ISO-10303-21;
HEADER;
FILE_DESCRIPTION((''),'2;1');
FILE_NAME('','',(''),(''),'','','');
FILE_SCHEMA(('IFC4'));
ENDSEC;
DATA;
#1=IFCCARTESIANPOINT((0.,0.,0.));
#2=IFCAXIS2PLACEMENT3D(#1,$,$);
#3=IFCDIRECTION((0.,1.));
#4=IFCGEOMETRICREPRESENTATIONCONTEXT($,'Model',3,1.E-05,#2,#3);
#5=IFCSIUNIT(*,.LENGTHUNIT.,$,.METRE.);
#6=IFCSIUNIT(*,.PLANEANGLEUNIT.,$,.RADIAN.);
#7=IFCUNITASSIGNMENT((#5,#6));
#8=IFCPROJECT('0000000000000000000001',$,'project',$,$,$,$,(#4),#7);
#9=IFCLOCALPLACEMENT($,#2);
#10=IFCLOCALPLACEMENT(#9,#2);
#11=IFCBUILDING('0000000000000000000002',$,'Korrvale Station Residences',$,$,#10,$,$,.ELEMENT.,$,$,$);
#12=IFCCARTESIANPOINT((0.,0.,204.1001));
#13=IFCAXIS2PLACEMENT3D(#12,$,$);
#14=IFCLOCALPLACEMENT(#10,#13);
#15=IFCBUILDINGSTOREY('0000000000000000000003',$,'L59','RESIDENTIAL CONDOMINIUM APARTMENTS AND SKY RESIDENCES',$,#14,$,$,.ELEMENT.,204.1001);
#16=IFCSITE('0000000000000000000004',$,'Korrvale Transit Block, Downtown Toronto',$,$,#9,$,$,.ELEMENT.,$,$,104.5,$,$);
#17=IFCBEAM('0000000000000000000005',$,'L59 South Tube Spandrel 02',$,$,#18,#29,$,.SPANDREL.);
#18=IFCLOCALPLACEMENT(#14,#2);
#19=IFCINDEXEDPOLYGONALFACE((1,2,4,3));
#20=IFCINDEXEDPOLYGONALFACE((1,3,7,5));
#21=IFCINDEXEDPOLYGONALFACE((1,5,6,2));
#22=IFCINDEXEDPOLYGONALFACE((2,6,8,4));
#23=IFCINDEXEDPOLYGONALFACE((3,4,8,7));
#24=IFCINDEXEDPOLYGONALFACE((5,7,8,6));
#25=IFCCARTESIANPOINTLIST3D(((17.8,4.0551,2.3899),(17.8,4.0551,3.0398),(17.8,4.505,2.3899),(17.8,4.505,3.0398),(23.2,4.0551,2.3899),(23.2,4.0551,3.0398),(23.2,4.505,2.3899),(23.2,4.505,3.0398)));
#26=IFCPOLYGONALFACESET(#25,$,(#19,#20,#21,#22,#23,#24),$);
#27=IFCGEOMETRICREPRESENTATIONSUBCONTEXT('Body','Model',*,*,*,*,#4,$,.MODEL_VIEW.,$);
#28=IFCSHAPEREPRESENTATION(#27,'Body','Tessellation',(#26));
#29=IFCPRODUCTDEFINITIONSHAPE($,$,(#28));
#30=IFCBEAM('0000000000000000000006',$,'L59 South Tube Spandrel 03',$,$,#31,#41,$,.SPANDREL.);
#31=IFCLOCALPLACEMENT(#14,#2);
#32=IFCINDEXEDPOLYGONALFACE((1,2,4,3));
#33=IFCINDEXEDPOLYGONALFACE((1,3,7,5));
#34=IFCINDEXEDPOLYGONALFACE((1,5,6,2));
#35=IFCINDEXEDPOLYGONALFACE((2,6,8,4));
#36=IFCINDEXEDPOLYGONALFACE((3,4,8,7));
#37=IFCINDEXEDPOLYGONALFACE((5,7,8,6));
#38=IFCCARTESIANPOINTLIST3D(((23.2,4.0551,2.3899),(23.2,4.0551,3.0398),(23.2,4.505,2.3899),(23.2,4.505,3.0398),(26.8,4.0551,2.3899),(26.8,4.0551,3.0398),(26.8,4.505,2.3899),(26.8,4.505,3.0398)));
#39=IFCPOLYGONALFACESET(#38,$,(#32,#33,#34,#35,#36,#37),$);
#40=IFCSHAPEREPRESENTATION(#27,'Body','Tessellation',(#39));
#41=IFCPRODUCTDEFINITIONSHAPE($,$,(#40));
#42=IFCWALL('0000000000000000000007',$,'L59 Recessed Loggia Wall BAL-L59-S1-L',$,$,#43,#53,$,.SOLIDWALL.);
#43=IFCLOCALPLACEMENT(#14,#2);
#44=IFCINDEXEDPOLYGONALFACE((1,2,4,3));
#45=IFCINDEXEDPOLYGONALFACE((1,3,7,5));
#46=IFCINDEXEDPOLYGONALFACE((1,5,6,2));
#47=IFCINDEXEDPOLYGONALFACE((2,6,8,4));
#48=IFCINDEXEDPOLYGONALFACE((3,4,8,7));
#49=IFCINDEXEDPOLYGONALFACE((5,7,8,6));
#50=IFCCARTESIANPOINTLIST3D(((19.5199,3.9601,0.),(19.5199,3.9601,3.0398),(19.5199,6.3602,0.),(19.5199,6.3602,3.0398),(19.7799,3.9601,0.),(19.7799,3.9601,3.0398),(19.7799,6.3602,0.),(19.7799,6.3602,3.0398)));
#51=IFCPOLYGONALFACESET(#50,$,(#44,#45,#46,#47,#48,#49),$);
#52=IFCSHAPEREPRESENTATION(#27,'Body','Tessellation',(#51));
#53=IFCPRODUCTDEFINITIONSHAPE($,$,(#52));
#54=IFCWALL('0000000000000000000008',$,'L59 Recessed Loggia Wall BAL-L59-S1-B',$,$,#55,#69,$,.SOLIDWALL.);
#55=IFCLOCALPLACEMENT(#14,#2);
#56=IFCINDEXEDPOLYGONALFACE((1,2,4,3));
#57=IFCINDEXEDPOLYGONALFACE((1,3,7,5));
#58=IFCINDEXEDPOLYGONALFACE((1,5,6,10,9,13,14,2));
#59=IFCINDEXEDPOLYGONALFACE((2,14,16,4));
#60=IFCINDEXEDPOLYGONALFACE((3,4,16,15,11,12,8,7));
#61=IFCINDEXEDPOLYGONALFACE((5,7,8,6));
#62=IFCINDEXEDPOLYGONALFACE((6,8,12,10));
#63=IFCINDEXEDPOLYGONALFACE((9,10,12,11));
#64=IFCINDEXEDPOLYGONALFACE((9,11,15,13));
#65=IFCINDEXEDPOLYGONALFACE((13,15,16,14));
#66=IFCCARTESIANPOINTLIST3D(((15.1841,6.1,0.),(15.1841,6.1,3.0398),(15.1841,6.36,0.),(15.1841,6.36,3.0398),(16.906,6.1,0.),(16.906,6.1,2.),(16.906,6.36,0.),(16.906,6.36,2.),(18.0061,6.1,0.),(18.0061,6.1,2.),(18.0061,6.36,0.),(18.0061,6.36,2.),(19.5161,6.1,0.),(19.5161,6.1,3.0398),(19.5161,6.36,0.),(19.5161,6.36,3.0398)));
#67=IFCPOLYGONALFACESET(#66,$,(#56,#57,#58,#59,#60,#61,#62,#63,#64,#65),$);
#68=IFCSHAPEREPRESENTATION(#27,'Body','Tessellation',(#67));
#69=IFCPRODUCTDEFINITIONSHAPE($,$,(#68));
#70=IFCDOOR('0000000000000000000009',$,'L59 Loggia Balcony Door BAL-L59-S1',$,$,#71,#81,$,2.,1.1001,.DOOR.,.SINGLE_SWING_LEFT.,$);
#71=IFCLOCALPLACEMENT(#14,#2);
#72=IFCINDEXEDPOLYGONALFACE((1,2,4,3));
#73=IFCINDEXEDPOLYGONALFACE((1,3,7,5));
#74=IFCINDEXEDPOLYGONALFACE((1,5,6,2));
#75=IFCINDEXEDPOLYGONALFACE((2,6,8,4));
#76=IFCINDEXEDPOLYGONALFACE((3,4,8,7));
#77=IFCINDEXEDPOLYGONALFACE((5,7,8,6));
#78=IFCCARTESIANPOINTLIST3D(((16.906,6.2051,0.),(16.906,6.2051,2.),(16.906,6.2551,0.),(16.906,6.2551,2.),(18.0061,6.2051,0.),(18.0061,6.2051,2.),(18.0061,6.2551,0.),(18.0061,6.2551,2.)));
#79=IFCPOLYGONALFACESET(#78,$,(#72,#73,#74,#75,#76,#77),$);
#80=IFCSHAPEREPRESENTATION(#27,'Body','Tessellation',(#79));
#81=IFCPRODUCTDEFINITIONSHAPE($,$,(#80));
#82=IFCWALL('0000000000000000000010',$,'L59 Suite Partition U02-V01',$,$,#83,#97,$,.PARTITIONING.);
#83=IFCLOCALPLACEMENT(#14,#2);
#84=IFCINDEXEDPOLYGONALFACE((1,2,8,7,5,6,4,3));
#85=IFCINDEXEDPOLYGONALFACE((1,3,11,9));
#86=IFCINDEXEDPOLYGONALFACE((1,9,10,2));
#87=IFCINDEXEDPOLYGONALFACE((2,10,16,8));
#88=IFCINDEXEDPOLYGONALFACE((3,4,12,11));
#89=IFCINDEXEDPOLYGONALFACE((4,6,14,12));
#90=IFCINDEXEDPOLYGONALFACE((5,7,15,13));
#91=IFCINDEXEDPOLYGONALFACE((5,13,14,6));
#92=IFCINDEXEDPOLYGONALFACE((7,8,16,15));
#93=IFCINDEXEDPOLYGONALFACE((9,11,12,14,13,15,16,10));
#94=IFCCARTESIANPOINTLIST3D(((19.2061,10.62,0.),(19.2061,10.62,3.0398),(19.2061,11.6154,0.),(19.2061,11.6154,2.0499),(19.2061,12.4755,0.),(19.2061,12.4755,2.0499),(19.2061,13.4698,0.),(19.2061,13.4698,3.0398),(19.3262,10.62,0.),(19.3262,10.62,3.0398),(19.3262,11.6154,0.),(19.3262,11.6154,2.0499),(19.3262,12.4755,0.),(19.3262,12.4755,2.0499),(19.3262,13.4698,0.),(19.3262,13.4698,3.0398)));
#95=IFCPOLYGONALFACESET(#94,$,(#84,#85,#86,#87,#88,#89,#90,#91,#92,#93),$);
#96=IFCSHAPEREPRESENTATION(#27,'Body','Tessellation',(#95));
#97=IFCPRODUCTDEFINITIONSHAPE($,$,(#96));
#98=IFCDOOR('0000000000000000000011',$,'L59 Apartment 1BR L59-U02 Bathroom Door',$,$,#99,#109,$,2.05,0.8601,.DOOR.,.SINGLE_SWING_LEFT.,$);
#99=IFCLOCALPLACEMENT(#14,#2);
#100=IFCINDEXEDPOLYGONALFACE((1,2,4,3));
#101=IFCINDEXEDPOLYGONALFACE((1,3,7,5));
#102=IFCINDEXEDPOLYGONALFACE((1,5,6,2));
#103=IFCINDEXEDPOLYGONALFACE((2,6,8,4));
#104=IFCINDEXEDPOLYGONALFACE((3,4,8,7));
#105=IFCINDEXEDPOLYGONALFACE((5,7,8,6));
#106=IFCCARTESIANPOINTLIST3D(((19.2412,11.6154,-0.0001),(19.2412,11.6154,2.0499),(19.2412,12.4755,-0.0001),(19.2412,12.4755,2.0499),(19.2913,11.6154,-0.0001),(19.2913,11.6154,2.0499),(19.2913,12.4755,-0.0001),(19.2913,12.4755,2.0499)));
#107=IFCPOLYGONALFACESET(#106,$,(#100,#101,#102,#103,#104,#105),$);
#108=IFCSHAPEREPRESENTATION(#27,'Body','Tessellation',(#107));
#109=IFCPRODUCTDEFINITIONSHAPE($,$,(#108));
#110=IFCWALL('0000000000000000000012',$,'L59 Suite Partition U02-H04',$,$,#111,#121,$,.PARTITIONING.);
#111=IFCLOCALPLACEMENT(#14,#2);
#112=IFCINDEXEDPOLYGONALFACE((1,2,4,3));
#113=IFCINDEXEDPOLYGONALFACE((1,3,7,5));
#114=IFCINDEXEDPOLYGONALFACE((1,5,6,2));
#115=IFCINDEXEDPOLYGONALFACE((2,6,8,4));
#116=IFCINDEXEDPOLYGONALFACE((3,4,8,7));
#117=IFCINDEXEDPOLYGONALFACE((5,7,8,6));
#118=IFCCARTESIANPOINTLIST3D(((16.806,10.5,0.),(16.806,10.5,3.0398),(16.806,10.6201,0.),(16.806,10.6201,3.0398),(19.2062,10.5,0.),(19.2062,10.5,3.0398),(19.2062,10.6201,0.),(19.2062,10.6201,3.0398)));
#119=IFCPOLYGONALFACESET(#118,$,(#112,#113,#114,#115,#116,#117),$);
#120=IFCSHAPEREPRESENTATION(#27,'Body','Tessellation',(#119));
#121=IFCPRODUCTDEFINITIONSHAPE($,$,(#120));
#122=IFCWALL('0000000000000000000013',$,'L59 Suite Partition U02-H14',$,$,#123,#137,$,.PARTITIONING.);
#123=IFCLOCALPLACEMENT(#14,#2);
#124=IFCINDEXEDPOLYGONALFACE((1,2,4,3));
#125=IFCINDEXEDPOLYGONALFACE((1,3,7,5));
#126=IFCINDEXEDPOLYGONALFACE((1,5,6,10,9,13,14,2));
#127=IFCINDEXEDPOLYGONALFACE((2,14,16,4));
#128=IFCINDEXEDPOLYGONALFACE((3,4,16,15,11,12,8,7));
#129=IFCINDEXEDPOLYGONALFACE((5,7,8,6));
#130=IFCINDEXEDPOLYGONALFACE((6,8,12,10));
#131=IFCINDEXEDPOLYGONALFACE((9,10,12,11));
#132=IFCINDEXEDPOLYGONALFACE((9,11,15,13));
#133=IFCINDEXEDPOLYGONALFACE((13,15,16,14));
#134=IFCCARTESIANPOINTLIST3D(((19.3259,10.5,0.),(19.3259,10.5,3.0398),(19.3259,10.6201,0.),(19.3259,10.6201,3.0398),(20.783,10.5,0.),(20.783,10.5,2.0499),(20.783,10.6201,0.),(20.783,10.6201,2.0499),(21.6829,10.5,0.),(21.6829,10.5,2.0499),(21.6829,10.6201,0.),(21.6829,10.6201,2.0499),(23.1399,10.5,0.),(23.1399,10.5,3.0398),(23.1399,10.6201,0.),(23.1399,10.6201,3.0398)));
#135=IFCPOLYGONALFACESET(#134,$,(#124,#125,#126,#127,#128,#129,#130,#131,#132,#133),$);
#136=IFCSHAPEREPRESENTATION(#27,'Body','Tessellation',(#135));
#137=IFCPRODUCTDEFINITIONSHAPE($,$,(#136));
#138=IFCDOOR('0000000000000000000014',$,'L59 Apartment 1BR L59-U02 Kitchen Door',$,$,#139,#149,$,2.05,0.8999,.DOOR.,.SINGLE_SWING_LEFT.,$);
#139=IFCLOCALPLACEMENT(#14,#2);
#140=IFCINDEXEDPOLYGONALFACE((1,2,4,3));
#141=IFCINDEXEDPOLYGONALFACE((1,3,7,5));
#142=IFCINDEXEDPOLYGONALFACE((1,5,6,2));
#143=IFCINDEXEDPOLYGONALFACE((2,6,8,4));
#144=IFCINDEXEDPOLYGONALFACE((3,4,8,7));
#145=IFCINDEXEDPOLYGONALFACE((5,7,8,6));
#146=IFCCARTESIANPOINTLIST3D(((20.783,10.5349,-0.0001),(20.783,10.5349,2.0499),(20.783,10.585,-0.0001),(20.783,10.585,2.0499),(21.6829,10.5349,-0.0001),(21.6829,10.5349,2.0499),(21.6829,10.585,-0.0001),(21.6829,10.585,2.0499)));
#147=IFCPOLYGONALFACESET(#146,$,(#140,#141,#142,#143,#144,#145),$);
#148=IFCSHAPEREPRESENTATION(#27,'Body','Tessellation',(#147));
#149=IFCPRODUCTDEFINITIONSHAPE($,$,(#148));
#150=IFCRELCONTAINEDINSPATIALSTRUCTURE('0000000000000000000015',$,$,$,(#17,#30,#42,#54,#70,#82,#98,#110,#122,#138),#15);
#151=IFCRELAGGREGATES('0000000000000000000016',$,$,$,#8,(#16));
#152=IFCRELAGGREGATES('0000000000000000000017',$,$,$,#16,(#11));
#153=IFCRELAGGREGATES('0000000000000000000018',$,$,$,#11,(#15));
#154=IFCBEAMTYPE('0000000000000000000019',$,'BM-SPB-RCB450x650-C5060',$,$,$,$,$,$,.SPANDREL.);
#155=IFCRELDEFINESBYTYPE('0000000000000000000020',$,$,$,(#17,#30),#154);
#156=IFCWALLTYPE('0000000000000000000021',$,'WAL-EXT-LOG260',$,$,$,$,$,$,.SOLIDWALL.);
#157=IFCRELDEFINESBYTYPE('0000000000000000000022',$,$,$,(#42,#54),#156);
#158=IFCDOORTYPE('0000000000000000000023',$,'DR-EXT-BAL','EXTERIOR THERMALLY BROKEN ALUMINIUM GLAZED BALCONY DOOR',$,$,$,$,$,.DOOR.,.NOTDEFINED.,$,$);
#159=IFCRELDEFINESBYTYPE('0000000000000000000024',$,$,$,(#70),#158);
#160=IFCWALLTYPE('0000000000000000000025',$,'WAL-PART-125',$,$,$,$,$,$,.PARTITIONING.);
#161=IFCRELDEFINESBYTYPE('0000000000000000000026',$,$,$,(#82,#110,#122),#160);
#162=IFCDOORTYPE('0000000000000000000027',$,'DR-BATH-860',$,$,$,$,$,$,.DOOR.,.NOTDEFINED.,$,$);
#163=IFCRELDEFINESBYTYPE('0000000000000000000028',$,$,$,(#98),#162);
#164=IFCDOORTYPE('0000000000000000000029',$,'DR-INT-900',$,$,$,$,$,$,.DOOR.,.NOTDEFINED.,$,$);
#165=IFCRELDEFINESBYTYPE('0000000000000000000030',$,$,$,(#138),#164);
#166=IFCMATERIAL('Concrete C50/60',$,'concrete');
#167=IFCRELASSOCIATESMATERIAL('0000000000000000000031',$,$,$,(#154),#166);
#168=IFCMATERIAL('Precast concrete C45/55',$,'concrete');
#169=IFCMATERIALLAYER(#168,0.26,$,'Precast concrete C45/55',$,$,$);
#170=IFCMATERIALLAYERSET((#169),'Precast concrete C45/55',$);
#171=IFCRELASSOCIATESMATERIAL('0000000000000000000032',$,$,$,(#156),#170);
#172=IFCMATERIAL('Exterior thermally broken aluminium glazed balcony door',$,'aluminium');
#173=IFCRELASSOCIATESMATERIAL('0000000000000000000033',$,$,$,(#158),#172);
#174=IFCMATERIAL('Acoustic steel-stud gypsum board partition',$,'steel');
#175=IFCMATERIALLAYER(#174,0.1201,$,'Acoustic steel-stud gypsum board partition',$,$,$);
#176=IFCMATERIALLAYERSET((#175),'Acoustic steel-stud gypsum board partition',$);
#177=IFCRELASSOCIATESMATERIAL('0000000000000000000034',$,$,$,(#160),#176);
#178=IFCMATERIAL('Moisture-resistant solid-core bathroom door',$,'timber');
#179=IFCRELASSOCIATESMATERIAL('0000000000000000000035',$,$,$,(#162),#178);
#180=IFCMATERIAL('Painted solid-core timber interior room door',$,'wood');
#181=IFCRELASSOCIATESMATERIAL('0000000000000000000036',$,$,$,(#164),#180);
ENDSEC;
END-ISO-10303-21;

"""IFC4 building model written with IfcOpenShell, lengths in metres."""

from ifc_helpers import new_model, si_unit, direction, frame, frame_2d, origin, origin_2d, place, context, subcontext, project, spatial, rectangle, extrude, material, layer, layer_set, material_profile, profile_set, type_object, element, fill, save


model = new_model("IFC4")

# Units and contexts
model_context = context("Model", 3, precision=1e-05, world=origin(), true_north=direction((0.0, 1.0)))
body_context = subcontext(model_context, "Body", "Model", "MODEL_VIEW")
ifc_project = project(units=[si_unit("LENGTHUNIT", "METRE"), si_unit("PLANEANGLEUNIT", "RADIAN")], contexts=[model_context])

# Site, building, storey
site_placement = place(None, origin())
site = spatial("IfcSite", under=ifc_project, at=site_placement, Name="Korrvale Transit Block, Downtown Toronto", CompositionType="ELEMENT", RefElevation=104.5)
building_placement = place(site_placement, origin())
building = spatial("IfcBuilding", under=site, at=building_placement, Name="Korrvale Station Residences", CompositionType="ELEMENT")
storey_placement = place(building_placement, frame((0.0, 0.0, 204.1001)))
storey = spatial("IfcBuildingStorey", under=building, at=storey_placement, Name="L59", Description="RESIDENTIAL CONDOMINIUM APARTMENTS AND SKY RESIDENCES", CompositionType="ELEMENT", Elevation=204.1001)

# Shared definitions
ifc_material_1 = material(Name="Concrete C50/60", Category="concrete")

# Beams
ifc_material_profile_1 = material_profile(ifc_material_1, rectangle(XDim=0.45, YDim=0.6499, at=origin_2d()), Name="RCB450x650")
ifc_profile_set_1 = profile_set([ifc_material_profile_1], Name="Concrete C50/60")
beam_type_1 = type_object("IfcBeamType", Name="BM-SPB-RCB450x650-C5060", PredefinedType="SPANDREL", material=ifc_profile_set_1)
beam_1_placement = place(storey_placement, frame((17.8, 4.28, 2.7148), z_axis=(1.0, 0.0, 0.0), x_axis=(0.0, 1.0, 0.0)))
element("IfcBeam", 1, at=beam_1_placement, inside=storey, type_object=beam_type_1, Name="L59 South Tube Spandrel 02", PredefinedType="SPANDREL", context=body_context, shape_type="SweptSolid", body=[
    extrude(rectangle(XDim=0.45, YDim=0.6499, at=origin_2d()), origin(), (0.0, 0.0, 1.0), 5.3999),
])
beam_2_placement = place(storey_placement, frame((23.2, 4.28, 2.7148), z_axis=(1.0, 0.0, 0.0), x_axis=(0.0, 1.0, 0.0)))
element("IfcBeam", 2, at=beam_2_placement, inside=storey, type_object=beam_type_1, Name="L59 South Tube Spandrel 03", PredefinedType="SPANDREL", context=body_context, shape_type="SweptSolid", body=[
    extrude(rectangle(XDim=0.45, YDim=0.6499, at=origin_2d()), origin(), (0.0, 0.0, 1.0), 3.6001),
])

# Wall
ifc_material_2 = material(Name="Precast concrete C45/55", Category="concrete")
ifc_layer_1 = layer(ifc_material_2, 0.26, Name="Precast concrete C45/55")
ifc_layer_set_1 = layer_set([ifc_layer_1], Name="Precast concrete C45/55")
wall_type_1 = type_object("IfcWallType", Name="WAL-EXT-LOG260", PredefinedType="SOLIDWALL", material=ifc_layer_set_1)
wall_1_placement = place(storey_placement, frame((19.6499, 3.96, 0.0), z_axis=(0.0, 0.0, 1.0), x_axis=(0.0, 1.0, 0.0)))
element("IfcWall", 3, at=wall_1_placement, inside=storey, type_object=wall_type_1, Name="L59 Recessed Loggia Wall BAL-L59-S1-L", PredefinedType="SOLIDWALL", context=body_context, shape_type="SweptSolid", body=[
    extrude(rectangle(XDim=2.4001, YDim=0.26, at=frame_2d((1.2002, 0.0))), origin(), (0.0, 0.0, 1.0), 3.0398),
])

# Walls, openings, doors
wall_2_placement = place(storey_placement, frame((19.5161, 6.23, 0.0), z_axis=(0.0, 0.0, 1.0), x_axis=(-1.0, 0.0, 0.0)))
wall_2 = element("IfcWall", 4, at=wall_2_placement, inside=storey, type_object=wall_type_1, Name="L59 Recessed Loggia Wall BAL-L59-S1-B", PredefinedType="SOLIDWALL", context=body_context, shape_type="SweptSolid", body=[
    extrude(rectangle(XDim=4.332, YDim=0.26, at=frame_2d((2.166, 0.0))), origin(), (0.0, 0.0, 1.0), 3.0398),
])
opening_1_placement = place(wall_2_placement, frame((1.51, 0.0, 0.0)))
opening_1 = element("IfcOpeningElement", 5, at=opening_1_placement, cuts=wall_2, PredefinedType="OPENING", context=body_context, shape_type="SweptSolid", body=[
    extrude(rectangle(XDim=1.1001, YDim=2.0, at=frame_2d((0.55, 1.0))), frame((0.0, 0.1401, 0.0), z_axis=(0.0, -1.0, 0.0), x_axis=(1.0, 0.0, 0.0)), (0.0, 0.0, 1.0), 0.28),
])
ifc_material_3 = material(Name="Exterior thermally broken aluminium glazed balcony door", Category="aluminium")
door_type_1 = type_object("IfcDoorType", Name="DR-EXT-BAL", Description="EXTERIOR THERMALLY BROKEN ALUMINIUM GLAZED BALCONY DOOR", OperationType="NOTDEFINED", PredefinedType="DOOR", material=ifc_material_3)
door_1_placement = place(opening_1_placement, origin())
door_1 = element("IfcDoor", 6, at=door_1_placement, inside=storey, type_object=door_type_1, Name="L59 Loggia Balcony Door BAL-L59-S1", OperationType="SINGLE_SWING_LEFT", OverallHeight=2.0, OverallWidth=1.1001, PredefinedType="DOOR", context=body_context, shape_type="SweptSolid", body=[
    extrude(rectangle(XDim=1.1001, YDim=2.0, at=frame_2d((0.55, 1.0))), frame((0.0, 0.0249, 0.0), z_axis=(0.0, -1.0, 0.0), x_axis=(1.0, 0.0, 0.0)), (0.0, 0.0, 1.0), 0.05),
])
fill(opening_1, door_1)
ifc_material_4 = material(Name="Acoustic steel-stud gypsum board partition", Category="steel")
ifc_layer_2 = layer(ifc_material_4, 0.1201, Name="Acoustic steel-stud gypsum board partition")
ifc_layer_set_2 = layer_set([ifc_layer_2], Name="Acoustic steel-stud gypsum board partition")
wall_type_2 = type_object("IfcWallType", Name="WAL-PART-125", PredefinedType="PARTITIONING", material=ifc_layer_set_2)
wall_3_placement = place(storey_placement, frame((19.2661, 10.6201, 0.0), z_axis=(0.0, 0.0, 1.0), x_axis=(0.0, 1.0, 0.0)))
wall_3 = element("IfcWall", 7, at=wall_3_placement, inside=storey, type_object=wall_type_2, Name="L59 Suite Partition U02-V01", PredefinedType="PARTITIONING", context=body_context, shape_type="SweptSolid", body=[
    extrude(rectangle(XDim=2.8499, YDim=0.1201, at=frame_2d((1.4248, 0.0))), origin(), (0.0, 0.0, 1.0), 3.0398),
])
opening_2_placement = place(wall_3_placement, frame((0.9951, 0.0, 0.0)))
opening_2 = element("IfcOpeningElement", 8, at=opening_2_placement, cuts=wall_3, PredefinedType="OPENING", context=body_context, shape_type="SweptSolid", body=[
    extrude(rectangle(XDim=0.8601, YDim=2.05, at=frame_2d((0.4302, 1.0249))), frame((0.0, 0.0701, 0.0), z_axis=(0.0, -1.0, 0.0), x_axis=(1.0, 0.0, 0.0)), (0.0, 0.0, 1.0), 0.1401),
])
ifc_material_5 = material(Name="Moisture-resistant solid-core bathroom door", Category="timber")
door_type_2 = type_object("IfcDoorType", Name="DR-BATH-860", OperationType="NOTDEFINED", PredefinedType="DOOR", material=ifc_material_5)
door_2_placement = place(opening_2_placement, origin())
door_2 = element("IfcDoor", 9, at=door_2_placement, inside=storey, type_object=door_type_2, Name="L59 Apartment 1BR L59-U02 Bathroom Door", OperationType="SINGLE_SWING_LEFT", OverallHeight=2.05, OverallWidth=0.8601, PredefinedType="DOOR", context=body_context, shape_type="SweptSolid", body=[
    extrude(rectangle(XDim=0.8601, YDim=2.05, at=frame_2d((0.4302, 1.0249))), frame((0.0, 0.0249, 0.0), z_axis=(0.0, -1.0, 0.0), x_axis=(1.0, 0.0, 0.0)), (0.0, 0.0, 1.0), 0.05),
])
fill(opening_2, door_2)

# Wall
wall_4_placement = place(storey_placement, frame((16.8059, 10.5601, 0.0), z_axis=(0.0, 0.0, 1.0), x_axis=(1.0, 0.0, 0.0)))
element("IfcWall", 10, at=wall_4_placement, inside=storey, type_object=wall_type_2, Name="L59 Suite Partition U02-H04", PredefinedType="PARTITIONING", context=body_context, shape_type="SweptSolid", body=[
    extrude(rectangle(XDim=2.4001, YDim=0.1201, at=frame_2d((1.2002, 0.0))), origin(), (0.0, 0.0, 1.0), 3.0398),
])

# Wall, opening, door
wall_5_placement = place(storey_placement, frame((19.3259, 10.5601, 0.0), z_axis=(0.0, 0.0, 1.0), x_axis=(1.0, 0.0, 0.0)))
wall_5 = element("IfcWall", 11, at=wall_5_placement, inside=storey, type_object=wall_type_2, Name="L59 Suite Partition U02-H14", PredefinedType="PARTITIONING", context=body_context, shape_type="SweptSolid", body=[
    extrude(rectangle(XDim=3.814, YDim=0.1201, at=frame_2d((1.907, 0.0))), origin(), (0.0, 0.0, 1.0), 3.0398),
])
opening_3_placement = place(wall_5_placement, frame((1.457, 0.0, 0.0)))
opening_3 = element("IfcOpeningElement", 12, at=opening_3_placement, cuts=wall_5, PredefinedType="OPENING", context=body_context, shape_type="SweptSolid", body=[
    extrude(rectangle(XDim=0.8999, YDim=2.05, at=frame_2d((0.45, 1.0249))), frame((0.0, 0.0701, 0.0), z_axis=(0.0, -1.0, 0.0), x_axis=(1.0, 0.0, 0.0)), (0.0, 0.0, 1.0), 0.1401),
])
ifc_material_6 = material(Name="Painted solid-core timber interior room door", Category="wood")
door_type_3 = type_object("IfcDoorType", Name="DR-INT-900", OperationType="NOTDEFINED", PredefinedType="DOOR", material=ifc_material_6)
door_3_placement = place(opening_3_placement, origin())
door_3 = element("IfcDoor", 13, at=door_3_placement, inside=storey, type_object=door_type_3, Name="L59 Apartment 1BR L59-U02 Kitchen Door", OperationType="SINGLE_SWING_LEFT", OverallHeight=2.05, OverallWidth=0.8999, PredefinedType="DOOR", context=body_context, shape_type="SweptSolid", body=[
    extrude(rectangle(XDim=0.8999, YDim=2.05, at=frame_2d((0.45, 1.0249))), frame((0.0, 0.0249, 0.0), z_axis=(0.0, -1.0, 0.0), x_axis=(1.0, 0.0, 0.0)), (0.0, 0.0, 1.0), 0.05),
])
fill(opening_3, door_3)

save(model, "model.ifc")
